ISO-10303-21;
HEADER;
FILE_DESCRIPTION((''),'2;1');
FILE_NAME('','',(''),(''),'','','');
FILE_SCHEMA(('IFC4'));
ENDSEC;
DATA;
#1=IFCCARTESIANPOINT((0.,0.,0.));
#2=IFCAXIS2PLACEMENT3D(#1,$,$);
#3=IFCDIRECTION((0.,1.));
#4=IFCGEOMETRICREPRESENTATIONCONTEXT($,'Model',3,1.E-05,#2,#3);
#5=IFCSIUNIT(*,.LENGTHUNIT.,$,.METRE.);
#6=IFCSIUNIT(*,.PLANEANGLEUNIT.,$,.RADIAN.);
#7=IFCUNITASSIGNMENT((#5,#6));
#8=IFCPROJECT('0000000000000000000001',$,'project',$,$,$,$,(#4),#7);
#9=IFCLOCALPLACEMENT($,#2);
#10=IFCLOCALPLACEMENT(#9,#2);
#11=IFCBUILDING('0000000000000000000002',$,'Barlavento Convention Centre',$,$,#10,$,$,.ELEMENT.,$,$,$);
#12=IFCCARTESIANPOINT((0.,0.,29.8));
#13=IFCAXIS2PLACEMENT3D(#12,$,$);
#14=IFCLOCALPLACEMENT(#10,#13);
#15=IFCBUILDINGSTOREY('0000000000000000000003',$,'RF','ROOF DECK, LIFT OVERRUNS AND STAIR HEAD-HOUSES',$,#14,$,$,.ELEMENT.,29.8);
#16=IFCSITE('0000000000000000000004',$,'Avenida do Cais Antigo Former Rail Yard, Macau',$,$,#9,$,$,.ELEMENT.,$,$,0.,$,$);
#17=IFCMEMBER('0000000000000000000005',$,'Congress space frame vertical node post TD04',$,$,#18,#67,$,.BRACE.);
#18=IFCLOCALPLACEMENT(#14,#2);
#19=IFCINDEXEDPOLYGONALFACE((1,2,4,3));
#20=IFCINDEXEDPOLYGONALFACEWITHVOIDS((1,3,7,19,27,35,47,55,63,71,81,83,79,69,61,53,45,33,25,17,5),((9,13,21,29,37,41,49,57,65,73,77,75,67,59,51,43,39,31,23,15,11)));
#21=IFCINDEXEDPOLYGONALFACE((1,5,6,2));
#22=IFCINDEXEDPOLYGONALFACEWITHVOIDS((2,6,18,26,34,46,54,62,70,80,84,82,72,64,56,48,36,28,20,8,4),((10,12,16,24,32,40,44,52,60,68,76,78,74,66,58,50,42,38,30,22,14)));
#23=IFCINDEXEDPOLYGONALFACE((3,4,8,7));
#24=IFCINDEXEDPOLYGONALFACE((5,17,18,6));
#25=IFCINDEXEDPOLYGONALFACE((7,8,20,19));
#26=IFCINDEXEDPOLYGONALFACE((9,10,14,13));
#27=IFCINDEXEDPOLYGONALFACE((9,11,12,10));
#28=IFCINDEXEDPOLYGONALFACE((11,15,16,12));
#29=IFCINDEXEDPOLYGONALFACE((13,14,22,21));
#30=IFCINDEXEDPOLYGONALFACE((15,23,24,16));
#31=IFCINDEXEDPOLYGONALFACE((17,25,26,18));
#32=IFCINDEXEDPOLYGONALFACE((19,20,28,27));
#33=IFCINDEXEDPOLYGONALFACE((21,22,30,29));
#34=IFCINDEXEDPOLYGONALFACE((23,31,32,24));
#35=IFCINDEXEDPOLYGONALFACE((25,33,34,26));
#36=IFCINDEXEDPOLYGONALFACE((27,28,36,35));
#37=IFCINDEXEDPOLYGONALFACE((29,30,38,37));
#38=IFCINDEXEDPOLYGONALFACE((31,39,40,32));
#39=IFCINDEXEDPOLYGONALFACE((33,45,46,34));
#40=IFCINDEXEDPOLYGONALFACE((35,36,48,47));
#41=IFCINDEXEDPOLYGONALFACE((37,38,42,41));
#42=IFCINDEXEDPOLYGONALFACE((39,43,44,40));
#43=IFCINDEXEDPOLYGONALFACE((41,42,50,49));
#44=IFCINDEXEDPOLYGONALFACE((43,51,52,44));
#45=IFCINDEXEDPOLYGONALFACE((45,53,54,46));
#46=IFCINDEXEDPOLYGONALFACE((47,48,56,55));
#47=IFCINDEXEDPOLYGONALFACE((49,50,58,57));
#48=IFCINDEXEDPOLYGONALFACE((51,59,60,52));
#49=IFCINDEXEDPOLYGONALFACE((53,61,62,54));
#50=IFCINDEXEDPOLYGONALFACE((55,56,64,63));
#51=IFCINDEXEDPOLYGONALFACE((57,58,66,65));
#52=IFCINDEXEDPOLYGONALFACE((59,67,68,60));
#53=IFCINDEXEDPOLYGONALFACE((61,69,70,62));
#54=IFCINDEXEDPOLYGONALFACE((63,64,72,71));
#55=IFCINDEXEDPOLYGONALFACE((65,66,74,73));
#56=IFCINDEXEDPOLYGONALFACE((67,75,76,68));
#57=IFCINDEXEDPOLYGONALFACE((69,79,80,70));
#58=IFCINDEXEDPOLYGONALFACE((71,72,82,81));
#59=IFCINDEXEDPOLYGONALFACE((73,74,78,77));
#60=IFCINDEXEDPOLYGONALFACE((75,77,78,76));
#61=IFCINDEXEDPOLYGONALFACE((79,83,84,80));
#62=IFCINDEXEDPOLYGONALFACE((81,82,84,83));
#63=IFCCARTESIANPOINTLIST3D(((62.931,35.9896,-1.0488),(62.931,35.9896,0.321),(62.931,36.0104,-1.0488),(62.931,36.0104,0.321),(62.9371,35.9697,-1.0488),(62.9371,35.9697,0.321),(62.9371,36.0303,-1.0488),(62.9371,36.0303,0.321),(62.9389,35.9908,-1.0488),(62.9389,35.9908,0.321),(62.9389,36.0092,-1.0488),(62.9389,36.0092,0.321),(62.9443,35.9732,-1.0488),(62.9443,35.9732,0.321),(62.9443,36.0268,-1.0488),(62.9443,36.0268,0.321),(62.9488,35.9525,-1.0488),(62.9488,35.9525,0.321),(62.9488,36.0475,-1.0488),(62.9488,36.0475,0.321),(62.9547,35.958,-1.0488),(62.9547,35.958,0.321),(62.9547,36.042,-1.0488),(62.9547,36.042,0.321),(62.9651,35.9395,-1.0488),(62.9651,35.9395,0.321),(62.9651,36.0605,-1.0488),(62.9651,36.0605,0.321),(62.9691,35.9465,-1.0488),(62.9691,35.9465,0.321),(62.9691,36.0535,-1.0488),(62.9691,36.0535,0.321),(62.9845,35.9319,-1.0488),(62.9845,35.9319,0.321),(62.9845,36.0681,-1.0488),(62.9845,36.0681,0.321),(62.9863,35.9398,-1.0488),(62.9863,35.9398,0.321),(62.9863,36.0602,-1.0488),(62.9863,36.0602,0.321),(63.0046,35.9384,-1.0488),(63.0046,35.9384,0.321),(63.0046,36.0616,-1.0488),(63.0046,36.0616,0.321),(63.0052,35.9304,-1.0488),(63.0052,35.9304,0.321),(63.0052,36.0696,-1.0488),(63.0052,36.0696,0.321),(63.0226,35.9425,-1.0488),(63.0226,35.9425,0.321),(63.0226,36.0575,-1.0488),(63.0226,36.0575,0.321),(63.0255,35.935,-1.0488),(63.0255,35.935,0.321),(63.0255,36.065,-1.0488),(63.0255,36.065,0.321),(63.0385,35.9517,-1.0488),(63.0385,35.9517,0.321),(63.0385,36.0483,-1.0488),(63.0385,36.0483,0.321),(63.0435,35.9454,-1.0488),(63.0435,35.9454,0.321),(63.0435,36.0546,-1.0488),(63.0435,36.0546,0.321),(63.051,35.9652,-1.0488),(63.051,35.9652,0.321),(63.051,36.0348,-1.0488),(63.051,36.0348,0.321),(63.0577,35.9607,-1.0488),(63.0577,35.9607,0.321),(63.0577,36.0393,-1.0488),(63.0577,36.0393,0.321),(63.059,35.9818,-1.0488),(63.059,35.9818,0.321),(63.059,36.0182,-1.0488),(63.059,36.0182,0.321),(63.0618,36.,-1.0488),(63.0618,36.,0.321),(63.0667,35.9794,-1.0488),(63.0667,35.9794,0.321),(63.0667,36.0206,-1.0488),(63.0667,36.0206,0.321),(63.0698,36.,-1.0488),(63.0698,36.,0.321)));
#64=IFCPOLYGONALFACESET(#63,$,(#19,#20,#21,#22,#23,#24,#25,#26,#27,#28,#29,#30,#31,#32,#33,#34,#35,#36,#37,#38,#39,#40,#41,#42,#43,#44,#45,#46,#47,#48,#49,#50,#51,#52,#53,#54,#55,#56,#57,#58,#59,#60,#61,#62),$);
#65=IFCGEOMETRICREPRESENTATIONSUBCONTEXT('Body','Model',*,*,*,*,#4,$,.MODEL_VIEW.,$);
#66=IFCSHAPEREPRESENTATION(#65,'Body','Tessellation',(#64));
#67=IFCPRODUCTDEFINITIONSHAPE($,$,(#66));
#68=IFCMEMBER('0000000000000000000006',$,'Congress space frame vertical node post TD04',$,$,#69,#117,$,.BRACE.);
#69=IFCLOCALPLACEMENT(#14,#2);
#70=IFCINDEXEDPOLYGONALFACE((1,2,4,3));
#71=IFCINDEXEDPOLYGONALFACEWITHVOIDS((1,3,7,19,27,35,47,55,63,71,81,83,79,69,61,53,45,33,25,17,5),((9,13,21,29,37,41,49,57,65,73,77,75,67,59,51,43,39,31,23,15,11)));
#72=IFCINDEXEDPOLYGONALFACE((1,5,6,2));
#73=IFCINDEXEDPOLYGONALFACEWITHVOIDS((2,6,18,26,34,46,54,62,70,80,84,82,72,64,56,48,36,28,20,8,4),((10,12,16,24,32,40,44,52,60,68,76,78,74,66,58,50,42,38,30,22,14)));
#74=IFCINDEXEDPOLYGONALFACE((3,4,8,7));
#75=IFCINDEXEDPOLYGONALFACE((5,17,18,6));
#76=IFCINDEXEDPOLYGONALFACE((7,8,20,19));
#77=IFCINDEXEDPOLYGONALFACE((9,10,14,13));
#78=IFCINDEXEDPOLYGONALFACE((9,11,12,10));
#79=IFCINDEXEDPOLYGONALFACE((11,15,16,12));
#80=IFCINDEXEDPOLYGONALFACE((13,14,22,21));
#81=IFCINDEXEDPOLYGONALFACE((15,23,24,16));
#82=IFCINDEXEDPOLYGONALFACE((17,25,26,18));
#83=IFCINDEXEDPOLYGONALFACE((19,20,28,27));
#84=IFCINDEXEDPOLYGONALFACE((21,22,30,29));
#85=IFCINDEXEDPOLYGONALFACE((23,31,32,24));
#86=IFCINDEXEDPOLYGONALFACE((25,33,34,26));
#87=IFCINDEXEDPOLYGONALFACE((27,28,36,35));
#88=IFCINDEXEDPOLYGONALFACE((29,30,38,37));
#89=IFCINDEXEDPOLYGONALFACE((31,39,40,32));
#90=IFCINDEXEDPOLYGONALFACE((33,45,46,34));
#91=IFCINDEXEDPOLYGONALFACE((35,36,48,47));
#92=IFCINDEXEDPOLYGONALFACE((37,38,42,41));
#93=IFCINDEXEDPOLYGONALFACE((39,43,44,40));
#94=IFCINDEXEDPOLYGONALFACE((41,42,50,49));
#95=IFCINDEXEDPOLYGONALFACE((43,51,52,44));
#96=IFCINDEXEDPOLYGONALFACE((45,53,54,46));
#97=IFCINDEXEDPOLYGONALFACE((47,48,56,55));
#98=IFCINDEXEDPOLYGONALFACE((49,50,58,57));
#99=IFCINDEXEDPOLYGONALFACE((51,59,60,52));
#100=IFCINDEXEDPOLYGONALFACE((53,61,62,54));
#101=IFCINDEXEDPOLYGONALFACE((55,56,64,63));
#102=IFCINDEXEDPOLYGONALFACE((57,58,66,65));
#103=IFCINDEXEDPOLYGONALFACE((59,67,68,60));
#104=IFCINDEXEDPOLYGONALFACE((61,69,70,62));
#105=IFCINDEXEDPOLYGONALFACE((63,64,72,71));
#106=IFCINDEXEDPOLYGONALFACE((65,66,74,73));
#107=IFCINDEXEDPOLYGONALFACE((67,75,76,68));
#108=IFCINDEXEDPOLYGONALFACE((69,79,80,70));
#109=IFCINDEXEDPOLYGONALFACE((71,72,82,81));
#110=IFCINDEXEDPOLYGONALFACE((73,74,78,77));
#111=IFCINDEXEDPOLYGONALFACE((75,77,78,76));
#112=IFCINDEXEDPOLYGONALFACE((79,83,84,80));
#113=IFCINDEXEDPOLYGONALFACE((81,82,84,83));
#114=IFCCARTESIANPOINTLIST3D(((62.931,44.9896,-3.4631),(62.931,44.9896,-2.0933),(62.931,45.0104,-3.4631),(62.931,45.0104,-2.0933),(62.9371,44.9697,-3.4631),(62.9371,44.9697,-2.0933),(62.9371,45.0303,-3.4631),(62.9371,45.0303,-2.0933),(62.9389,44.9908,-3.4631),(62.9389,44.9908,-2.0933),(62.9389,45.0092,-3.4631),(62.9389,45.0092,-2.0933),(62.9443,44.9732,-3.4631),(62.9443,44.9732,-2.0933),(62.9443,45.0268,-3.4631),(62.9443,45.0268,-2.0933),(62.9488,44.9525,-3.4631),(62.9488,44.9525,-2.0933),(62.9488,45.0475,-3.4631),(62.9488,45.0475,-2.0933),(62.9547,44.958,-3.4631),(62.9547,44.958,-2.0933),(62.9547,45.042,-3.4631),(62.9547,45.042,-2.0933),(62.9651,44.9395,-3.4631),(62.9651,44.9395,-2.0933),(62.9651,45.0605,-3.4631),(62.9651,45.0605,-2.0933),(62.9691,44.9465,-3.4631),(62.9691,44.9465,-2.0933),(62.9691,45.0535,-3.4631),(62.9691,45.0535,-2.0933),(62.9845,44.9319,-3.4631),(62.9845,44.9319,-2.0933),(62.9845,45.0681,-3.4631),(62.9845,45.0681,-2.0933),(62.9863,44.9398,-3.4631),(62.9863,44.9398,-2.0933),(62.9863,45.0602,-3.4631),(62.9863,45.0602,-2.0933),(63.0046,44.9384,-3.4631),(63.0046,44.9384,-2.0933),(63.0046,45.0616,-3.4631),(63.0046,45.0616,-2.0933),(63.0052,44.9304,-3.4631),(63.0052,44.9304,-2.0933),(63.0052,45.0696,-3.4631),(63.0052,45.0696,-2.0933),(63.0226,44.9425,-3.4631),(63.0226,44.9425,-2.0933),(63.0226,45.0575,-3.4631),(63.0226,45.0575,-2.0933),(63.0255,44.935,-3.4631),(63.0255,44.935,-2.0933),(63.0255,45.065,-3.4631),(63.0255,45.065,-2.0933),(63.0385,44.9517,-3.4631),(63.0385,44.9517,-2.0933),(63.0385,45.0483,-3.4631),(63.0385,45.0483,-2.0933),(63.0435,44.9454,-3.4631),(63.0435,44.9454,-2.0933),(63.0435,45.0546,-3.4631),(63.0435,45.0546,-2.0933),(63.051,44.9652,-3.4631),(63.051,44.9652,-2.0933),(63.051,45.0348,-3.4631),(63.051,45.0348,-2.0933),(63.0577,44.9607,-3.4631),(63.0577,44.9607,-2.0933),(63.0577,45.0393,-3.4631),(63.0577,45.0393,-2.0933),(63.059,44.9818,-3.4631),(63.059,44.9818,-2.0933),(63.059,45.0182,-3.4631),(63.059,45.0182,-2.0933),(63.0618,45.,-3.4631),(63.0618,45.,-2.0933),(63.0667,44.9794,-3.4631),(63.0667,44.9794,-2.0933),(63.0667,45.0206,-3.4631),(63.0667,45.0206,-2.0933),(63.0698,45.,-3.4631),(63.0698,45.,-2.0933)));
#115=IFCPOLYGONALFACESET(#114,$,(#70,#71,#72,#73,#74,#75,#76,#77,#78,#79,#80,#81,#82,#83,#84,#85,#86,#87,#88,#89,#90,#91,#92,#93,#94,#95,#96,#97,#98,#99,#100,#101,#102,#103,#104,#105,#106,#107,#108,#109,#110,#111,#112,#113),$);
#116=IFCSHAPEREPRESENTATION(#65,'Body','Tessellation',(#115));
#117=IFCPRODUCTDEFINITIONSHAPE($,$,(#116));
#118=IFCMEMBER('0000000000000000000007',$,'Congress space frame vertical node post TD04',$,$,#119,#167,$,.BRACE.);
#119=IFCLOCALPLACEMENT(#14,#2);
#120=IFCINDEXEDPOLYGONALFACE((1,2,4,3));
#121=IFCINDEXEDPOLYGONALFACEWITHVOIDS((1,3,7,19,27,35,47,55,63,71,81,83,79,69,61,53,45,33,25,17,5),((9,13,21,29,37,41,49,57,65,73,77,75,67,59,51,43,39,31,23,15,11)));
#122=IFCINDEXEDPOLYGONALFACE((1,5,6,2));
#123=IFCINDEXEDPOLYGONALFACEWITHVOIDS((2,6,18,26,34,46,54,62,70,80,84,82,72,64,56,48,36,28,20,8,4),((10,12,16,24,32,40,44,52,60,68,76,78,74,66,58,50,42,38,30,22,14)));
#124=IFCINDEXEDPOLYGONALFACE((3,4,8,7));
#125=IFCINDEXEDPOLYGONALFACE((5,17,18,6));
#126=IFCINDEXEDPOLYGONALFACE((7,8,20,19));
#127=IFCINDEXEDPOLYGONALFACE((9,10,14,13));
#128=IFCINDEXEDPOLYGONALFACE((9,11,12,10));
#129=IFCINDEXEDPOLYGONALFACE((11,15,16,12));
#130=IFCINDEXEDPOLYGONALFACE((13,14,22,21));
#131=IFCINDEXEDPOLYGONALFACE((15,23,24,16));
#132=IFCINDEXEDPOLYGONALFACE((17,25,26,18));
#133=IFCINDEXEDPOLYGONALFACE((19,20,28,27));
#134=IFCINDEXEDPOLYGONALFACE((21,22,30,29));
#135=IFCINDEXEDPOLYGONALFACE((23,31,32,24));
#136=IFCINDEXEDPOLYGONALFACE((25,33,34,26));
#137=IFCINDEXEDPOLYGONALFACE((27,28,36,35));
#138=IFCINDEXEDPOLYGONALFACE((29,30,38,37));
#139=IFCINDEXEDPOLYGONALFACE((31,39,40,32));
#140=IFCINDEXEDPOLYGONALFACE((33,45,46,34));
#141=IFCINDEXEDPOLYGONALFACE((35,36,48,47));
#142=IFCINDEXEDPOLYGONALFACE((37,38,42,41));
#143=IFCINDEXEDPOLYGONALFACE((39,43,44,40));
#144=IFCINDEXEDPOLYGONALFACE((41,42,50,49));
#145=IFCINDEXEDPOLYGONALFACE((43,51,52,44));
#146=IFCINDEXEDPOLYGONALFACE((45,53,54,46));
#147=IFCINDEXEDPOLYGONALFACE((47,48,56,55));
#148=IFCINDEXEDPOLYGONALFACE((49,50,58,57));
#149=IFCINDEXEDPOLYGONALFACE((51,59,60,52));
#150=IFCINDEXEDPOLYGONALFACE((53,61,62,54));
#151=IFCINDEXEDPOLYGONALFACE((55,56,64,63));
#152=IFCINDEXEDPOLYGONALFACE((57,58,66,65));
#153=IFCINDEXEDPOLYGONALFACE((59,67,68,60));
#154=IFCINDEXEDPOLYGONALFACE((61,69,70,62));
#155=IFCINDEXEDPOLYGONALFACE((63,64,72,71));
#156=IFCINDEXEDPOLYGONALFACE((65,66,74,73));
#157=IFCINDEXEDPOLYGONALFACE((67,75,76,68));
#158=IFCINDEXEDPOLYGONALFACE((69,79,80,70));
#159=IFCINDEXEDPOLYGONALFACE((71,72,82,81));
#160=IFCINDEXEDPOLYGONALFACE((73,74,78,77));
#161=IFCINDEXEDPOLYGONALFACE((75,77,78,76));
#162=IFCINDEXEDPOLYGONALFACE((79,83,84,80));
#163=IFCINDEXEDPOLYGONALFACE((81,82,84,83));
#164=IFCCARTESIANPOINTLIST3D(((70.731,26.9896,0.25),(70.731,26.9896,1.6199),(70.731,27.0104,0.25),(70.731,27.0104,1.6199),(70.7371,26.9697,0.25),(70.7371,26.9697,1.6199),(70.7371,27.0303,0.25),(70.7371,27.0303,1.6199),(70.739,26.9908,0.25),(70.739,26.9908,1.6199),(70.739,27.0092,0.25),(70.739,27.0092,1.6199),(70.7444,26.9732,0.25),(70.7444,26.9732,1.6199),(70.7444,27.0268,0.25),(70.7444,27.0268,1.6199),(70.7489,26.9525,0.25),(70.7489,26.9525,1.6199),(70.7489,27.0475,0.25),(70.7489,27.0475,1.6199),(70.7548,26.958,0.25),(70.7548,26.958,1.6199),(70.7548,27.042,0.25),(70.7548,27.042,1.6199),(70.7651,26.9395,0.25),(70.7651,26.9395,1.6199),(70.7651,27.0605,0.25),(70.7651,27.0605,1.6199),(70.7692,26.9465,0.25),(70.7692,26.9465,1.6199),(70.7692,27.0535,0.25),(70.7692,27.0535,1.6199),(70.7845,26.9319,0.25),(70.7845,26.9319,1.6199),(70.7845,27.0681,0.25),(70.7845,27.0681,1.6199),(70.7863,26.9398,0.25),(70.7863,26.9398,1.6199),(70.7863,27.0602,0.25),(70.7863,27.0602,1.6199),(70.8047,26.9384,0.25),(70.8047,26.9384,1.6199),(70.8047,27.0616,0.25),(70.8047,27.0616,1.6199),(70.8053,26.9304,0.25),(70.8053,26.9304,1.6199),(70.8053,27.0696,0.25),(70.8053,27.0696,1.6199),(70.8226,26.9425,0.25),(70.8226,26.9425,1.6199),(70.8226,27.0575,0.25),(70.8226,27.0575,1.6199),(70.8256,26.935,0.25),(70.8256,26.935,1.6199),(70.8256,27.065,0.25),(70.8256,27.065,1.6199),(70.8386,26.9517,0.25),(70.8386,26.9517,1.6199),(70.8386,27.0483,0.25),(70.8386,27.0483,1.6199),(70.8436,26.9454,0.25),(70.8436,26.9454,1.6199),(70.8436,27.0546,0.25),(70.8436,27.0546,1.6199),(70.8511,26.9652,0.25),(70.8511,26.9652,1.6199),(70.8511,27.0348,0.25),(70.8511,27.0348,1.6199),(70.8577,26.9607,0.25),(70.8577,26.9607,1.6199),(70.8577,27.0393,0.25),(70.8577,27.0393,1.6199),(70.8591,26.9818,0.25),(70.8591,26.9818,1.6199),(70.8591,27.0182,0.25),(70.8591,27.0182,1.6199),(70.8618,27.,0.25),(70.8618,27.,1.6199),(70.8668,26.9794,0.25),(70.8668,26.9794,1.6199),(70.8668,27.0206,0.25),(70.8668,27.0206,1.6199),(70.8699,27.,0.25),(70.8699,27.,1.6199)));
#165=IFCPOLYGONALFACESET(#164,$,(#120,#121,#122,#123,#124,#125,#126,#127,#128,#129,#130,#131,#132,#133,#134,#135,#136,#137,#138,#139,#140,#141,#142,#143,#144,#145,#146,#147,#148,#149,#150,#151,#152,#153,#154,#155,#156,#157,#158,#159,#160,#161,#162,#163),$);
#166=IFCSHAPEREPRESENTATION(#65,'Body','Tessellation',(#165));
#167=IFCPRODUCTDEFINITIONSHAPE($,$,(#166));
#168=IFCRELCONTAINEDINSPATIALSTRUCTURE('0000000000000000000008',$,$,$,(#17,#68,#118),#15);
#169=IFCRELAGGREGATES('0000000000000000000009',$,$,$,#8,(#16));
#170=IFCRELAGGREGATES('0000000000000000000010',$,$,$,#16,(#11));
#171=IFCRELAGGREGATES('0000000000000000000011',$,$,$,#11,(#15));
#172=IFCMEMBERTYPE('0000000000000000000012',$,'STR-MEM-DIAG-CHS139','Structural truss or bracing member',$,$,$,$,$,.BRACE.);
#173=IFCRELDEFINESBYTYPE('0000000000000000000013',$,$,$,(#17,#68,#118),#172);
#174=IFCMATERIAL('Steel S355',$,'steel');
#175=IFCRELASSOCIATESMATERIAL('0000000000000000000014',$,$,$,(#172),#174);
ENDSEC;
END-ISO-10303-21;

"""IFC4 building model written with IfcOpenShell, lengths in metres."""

from ifc_helpers import new_model, si_unit, direction, frame, origin, origin_2d, place, context, subcontext, project, spatial, hollow_circle, extrude, material, material_profile, profile_set, type_object, element, save


model = new_model("IFC4")

# Units and contexts
model_context = context("Model", 3, precision=1e-05, world=origin(), true_north=direction((0.0, 1.0)))
body_context = subcontext(model_context, "Body", "Model", "MODEL_VIEW")
ifc_project = project(units=[si_unit("LENGTHUNIT", "METRE"), si_unit("PLANEANGLEUNIT", "RADIAN")], contexts=[model_context])

# Site, building, storey
site_placement = place(None, origin())
site = spatial("IfcSite", under=ifc_project, at=site_placement, Name="Avenida do Cais Antigo Former Rail Yard, Macau", CompositionType="ELEMENT", RefElevation=0.0)
building_placement = place(site_placement, origin())
building = spatial("IfcBuilding", under=site, at=building_placement, Name="Barlavento Convention Centre", CompositionType="ELEMENT")
storey_placement = place(building_placement, frame((0.0, 0.0, 29.8)))
storey = spatial("IfcBuildingStorey", under=building, at=storey_placement, Name="RF", Description="ROOF DECK, LIFT OVERRUNS AND STAIR HEAD-HOUSES", CompositionType="ELEMENT", Elevation=29.8)

# Shared definitions
ifc_material_1 = material(Name="Steel S355", Category="steel")

# Members
ifc_material_profile_1 = material_profile(ifc_material_1, hollow_circle(Radius=0.0698, WallThickness=0.0081, at=origin_2d()), Name="CHS 139.7x8.0")
ifc_profile_set_1 = profile_set([ifc_material_profile_1], Name="Steel S355")
member_type_1 = type_object("IfcMemberType", Name="STR-MEM-DIAG-CHS139", Description="Structural truss or bracing member", PredefinedType="BRACE", material=ifc_profile_set_1)
for number, where, z_axis, x_axis, name in (
    (1, (63.0, 36.0, -1.0488), (0.0, 0.0, 1.0), (1.0, 0.0, 0.0), "Congress space frame vertical node post TD04"),
    (2, (63.0, 45.0, -3.4631), (0.0, 0.0, 1.0), (1.0, 0.0, 0.0), "Congress space frame vertical node post TD04"),
    (3, (70.8, 27.0, 0.25), (0.0, 0.0, 1.0), (1.0, 0.0, 0.0), "Congress space frame vertical node post TD04"),
):
    element("IfcMember", number, at=place(storey_placement, frame(where, z_axis=z_axis, x_axis=x_axis)), inside=storey, type_object=member_type_1, Name=name, PredefinedType="BRACE", context=body_context, shape_type="SweptSolid", body=[
        extrude(hollow_circle(Radius=0.0698, WallThickness=0.0081, at=origin_2d()), origin(), (0.0, 0.0, 1.0), 1.3699),
    ])

save(model, "model.ifc")
